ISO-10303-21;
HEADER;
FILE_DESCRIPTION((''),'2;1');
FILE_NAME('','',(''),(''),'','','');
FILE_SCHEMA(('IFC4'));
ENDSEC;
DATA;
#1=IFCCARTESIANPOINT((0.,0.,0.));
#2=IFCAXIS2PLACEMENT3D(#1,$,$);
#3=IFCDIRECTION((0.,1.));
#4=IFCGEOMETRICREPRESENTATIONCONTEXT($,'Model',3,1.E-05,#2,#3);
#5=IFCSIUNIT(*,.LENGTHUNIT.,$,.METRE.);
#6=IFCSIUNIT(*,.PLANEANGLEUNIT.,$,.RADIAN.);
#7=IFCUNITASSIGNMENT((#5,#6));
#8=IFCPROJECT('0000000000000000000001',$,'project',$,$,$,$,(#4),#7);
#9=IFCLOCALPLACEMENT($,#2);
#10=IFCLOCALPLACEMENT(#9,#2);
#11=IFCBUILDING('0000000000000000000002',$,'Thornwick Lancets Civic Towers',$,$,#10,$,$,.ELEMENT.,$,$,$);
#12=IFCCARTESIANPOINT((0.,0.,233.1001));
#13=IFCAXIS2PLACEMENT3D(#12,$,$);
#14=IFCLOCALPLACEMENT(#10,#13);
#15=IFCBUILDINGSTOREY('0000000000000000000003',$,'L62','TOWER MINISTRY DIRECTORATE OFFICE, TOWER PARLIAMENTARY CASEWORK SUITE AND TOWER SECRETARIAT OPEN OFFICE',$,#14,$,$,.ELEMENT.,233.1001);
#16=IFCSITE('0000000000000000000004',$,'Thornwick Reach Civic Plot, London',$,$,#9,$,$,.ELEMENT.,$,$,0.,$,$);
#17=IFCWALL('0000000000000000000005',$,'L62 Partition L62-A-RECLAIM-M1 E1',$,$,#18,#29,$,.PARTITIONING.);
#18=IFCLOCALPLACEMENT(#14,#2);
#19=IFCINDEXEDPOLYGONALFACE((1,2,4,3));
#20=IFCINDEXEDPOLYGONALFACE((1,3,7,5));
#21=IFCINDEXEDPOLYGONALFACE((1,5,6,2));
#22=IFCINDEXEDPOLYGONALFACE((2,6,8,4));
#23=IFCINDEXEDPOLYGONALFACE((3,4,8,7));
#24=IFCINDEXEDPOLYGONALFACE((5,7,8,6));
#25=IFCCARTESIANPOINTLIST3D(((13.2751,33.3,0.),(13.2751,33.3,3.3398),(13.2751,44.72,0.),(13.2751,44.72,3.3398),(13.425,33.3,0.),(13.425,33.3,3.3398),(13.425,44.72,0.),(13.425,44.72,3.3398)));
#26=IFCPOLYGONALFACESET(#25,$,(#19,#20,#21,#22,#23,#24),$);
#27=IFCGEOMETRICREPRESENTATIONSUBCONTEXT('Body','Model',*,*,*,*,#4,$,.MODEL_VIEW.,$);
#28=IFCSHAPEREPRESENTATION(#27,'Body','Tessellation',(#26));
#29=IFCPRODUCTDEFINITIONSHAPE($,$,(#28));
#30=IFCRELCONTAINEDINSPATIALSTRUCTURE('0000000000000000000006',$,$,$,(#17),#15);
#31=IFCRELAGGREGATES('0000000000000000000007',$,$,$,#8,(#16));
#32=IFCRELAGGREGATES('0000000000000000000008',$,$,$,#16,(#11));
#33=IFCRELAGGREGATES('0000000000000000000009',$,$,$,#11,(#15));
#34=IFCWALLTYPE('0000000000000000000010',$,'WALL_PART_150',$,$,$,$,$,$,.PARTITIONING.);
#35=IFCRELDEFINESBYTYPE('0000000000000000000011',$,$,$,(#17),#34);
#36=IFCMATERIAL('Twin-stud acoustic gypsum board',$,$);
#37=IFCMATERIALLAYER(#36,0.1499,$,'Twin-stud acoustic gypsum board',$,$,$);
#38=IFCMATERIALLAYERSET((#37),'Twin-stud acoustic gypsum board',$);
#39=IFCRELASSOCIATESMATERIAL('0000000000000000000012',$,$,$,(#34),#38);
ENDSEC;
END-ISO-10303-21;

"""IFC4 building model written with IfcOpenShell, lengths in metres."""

from ifc_helpers import new_model, si_unit, direction, frame, frame_2d, origin, place, context, subcontext, project, spatial, rectangle, extrude, material, layer, layer_set, type_object, element, save


model = new_model("IFC4")

# Units and contexts
model_context = context("Model", 3, precision=1e-05, world=origin(), true_north=direction((0.0, 1.0)))
body_context = subcontext(model_context, "Body", "Model", "MODEL_VIEW")
ifc_project = project(units=[si_unit("LENGTHUNIT", "METRE"), si_unit("PLANEANGLEUNIT", "RADIAN")], contexts=[model_context])

# Site, building, storey
site_placement = place(None, origin())
site = spatial("IfcSite", under=ifc_project, at=site_placement, Name="Thornwick Reach Civic Plot, London", CompositionType="ELEMENT", RefElevation=0.0)
building_placement = place(site_placement, origin())
building = spatial("IfcBuilding", under=site, at=building_placement, Name="Thornwick Lancets Civic Towers", CompositionType="ELEMENT")
storey_placement = place(building_placement, frame((0.0, 0.0, 233.1001)))
storey = spatial("IfcBuildingStorey", under=building, at=storey_placement, Name="L62", Description="TOWER MINISTRY DIRECTORATE OFFICE, TOWER PARLIAMENTARY CASEWORK SUITE AND TOWER SECRETARIAT OPEN OFFICE", CompositionType="ELEMENT", Elevation=233.1001)

# Shared definitions
ifc_material_1 = material(Name="Twin-stud acoustic gypsum board")
ifc_layer_1 = layer(ifc_material_1, 0.1499, Name="Twin-stud acoustic gypsum board")
ifc_layer_set_1 = layer_set([ifc_layer_1], Name="Twin-stud acoustic gypsum board")
wall_type_1 = type_object("IfcWallType", Name="WALL_PART_150", PredefinedType="PARTITIONING", material=ifc_layer_set_1)

# Wall
wall_1_placement = place(storey_placement, frame((13.3501, 33.3, 0.0), z_axis=(0.0, 0.0, 1.0), x_axis=(0.0, 1.0, 0.0)))
element("IfcWall", 1, at=wall_1_placement, inside=storey, type_object=wall_type_1, Name="L62 Partition L62-A-RECLAIM-M1 E1", PredefinedType="PARTITIONING", context=body_context, shape_type="SweptSolid", body=[
    extrude(rectangle(XDim=11.4199, YDim=0.1499, at=frame_2d((5.71, 0.0))), origin(), (0.0, 0.0, 1.0), 3.3398),
])

save(model, "model.ifc")
